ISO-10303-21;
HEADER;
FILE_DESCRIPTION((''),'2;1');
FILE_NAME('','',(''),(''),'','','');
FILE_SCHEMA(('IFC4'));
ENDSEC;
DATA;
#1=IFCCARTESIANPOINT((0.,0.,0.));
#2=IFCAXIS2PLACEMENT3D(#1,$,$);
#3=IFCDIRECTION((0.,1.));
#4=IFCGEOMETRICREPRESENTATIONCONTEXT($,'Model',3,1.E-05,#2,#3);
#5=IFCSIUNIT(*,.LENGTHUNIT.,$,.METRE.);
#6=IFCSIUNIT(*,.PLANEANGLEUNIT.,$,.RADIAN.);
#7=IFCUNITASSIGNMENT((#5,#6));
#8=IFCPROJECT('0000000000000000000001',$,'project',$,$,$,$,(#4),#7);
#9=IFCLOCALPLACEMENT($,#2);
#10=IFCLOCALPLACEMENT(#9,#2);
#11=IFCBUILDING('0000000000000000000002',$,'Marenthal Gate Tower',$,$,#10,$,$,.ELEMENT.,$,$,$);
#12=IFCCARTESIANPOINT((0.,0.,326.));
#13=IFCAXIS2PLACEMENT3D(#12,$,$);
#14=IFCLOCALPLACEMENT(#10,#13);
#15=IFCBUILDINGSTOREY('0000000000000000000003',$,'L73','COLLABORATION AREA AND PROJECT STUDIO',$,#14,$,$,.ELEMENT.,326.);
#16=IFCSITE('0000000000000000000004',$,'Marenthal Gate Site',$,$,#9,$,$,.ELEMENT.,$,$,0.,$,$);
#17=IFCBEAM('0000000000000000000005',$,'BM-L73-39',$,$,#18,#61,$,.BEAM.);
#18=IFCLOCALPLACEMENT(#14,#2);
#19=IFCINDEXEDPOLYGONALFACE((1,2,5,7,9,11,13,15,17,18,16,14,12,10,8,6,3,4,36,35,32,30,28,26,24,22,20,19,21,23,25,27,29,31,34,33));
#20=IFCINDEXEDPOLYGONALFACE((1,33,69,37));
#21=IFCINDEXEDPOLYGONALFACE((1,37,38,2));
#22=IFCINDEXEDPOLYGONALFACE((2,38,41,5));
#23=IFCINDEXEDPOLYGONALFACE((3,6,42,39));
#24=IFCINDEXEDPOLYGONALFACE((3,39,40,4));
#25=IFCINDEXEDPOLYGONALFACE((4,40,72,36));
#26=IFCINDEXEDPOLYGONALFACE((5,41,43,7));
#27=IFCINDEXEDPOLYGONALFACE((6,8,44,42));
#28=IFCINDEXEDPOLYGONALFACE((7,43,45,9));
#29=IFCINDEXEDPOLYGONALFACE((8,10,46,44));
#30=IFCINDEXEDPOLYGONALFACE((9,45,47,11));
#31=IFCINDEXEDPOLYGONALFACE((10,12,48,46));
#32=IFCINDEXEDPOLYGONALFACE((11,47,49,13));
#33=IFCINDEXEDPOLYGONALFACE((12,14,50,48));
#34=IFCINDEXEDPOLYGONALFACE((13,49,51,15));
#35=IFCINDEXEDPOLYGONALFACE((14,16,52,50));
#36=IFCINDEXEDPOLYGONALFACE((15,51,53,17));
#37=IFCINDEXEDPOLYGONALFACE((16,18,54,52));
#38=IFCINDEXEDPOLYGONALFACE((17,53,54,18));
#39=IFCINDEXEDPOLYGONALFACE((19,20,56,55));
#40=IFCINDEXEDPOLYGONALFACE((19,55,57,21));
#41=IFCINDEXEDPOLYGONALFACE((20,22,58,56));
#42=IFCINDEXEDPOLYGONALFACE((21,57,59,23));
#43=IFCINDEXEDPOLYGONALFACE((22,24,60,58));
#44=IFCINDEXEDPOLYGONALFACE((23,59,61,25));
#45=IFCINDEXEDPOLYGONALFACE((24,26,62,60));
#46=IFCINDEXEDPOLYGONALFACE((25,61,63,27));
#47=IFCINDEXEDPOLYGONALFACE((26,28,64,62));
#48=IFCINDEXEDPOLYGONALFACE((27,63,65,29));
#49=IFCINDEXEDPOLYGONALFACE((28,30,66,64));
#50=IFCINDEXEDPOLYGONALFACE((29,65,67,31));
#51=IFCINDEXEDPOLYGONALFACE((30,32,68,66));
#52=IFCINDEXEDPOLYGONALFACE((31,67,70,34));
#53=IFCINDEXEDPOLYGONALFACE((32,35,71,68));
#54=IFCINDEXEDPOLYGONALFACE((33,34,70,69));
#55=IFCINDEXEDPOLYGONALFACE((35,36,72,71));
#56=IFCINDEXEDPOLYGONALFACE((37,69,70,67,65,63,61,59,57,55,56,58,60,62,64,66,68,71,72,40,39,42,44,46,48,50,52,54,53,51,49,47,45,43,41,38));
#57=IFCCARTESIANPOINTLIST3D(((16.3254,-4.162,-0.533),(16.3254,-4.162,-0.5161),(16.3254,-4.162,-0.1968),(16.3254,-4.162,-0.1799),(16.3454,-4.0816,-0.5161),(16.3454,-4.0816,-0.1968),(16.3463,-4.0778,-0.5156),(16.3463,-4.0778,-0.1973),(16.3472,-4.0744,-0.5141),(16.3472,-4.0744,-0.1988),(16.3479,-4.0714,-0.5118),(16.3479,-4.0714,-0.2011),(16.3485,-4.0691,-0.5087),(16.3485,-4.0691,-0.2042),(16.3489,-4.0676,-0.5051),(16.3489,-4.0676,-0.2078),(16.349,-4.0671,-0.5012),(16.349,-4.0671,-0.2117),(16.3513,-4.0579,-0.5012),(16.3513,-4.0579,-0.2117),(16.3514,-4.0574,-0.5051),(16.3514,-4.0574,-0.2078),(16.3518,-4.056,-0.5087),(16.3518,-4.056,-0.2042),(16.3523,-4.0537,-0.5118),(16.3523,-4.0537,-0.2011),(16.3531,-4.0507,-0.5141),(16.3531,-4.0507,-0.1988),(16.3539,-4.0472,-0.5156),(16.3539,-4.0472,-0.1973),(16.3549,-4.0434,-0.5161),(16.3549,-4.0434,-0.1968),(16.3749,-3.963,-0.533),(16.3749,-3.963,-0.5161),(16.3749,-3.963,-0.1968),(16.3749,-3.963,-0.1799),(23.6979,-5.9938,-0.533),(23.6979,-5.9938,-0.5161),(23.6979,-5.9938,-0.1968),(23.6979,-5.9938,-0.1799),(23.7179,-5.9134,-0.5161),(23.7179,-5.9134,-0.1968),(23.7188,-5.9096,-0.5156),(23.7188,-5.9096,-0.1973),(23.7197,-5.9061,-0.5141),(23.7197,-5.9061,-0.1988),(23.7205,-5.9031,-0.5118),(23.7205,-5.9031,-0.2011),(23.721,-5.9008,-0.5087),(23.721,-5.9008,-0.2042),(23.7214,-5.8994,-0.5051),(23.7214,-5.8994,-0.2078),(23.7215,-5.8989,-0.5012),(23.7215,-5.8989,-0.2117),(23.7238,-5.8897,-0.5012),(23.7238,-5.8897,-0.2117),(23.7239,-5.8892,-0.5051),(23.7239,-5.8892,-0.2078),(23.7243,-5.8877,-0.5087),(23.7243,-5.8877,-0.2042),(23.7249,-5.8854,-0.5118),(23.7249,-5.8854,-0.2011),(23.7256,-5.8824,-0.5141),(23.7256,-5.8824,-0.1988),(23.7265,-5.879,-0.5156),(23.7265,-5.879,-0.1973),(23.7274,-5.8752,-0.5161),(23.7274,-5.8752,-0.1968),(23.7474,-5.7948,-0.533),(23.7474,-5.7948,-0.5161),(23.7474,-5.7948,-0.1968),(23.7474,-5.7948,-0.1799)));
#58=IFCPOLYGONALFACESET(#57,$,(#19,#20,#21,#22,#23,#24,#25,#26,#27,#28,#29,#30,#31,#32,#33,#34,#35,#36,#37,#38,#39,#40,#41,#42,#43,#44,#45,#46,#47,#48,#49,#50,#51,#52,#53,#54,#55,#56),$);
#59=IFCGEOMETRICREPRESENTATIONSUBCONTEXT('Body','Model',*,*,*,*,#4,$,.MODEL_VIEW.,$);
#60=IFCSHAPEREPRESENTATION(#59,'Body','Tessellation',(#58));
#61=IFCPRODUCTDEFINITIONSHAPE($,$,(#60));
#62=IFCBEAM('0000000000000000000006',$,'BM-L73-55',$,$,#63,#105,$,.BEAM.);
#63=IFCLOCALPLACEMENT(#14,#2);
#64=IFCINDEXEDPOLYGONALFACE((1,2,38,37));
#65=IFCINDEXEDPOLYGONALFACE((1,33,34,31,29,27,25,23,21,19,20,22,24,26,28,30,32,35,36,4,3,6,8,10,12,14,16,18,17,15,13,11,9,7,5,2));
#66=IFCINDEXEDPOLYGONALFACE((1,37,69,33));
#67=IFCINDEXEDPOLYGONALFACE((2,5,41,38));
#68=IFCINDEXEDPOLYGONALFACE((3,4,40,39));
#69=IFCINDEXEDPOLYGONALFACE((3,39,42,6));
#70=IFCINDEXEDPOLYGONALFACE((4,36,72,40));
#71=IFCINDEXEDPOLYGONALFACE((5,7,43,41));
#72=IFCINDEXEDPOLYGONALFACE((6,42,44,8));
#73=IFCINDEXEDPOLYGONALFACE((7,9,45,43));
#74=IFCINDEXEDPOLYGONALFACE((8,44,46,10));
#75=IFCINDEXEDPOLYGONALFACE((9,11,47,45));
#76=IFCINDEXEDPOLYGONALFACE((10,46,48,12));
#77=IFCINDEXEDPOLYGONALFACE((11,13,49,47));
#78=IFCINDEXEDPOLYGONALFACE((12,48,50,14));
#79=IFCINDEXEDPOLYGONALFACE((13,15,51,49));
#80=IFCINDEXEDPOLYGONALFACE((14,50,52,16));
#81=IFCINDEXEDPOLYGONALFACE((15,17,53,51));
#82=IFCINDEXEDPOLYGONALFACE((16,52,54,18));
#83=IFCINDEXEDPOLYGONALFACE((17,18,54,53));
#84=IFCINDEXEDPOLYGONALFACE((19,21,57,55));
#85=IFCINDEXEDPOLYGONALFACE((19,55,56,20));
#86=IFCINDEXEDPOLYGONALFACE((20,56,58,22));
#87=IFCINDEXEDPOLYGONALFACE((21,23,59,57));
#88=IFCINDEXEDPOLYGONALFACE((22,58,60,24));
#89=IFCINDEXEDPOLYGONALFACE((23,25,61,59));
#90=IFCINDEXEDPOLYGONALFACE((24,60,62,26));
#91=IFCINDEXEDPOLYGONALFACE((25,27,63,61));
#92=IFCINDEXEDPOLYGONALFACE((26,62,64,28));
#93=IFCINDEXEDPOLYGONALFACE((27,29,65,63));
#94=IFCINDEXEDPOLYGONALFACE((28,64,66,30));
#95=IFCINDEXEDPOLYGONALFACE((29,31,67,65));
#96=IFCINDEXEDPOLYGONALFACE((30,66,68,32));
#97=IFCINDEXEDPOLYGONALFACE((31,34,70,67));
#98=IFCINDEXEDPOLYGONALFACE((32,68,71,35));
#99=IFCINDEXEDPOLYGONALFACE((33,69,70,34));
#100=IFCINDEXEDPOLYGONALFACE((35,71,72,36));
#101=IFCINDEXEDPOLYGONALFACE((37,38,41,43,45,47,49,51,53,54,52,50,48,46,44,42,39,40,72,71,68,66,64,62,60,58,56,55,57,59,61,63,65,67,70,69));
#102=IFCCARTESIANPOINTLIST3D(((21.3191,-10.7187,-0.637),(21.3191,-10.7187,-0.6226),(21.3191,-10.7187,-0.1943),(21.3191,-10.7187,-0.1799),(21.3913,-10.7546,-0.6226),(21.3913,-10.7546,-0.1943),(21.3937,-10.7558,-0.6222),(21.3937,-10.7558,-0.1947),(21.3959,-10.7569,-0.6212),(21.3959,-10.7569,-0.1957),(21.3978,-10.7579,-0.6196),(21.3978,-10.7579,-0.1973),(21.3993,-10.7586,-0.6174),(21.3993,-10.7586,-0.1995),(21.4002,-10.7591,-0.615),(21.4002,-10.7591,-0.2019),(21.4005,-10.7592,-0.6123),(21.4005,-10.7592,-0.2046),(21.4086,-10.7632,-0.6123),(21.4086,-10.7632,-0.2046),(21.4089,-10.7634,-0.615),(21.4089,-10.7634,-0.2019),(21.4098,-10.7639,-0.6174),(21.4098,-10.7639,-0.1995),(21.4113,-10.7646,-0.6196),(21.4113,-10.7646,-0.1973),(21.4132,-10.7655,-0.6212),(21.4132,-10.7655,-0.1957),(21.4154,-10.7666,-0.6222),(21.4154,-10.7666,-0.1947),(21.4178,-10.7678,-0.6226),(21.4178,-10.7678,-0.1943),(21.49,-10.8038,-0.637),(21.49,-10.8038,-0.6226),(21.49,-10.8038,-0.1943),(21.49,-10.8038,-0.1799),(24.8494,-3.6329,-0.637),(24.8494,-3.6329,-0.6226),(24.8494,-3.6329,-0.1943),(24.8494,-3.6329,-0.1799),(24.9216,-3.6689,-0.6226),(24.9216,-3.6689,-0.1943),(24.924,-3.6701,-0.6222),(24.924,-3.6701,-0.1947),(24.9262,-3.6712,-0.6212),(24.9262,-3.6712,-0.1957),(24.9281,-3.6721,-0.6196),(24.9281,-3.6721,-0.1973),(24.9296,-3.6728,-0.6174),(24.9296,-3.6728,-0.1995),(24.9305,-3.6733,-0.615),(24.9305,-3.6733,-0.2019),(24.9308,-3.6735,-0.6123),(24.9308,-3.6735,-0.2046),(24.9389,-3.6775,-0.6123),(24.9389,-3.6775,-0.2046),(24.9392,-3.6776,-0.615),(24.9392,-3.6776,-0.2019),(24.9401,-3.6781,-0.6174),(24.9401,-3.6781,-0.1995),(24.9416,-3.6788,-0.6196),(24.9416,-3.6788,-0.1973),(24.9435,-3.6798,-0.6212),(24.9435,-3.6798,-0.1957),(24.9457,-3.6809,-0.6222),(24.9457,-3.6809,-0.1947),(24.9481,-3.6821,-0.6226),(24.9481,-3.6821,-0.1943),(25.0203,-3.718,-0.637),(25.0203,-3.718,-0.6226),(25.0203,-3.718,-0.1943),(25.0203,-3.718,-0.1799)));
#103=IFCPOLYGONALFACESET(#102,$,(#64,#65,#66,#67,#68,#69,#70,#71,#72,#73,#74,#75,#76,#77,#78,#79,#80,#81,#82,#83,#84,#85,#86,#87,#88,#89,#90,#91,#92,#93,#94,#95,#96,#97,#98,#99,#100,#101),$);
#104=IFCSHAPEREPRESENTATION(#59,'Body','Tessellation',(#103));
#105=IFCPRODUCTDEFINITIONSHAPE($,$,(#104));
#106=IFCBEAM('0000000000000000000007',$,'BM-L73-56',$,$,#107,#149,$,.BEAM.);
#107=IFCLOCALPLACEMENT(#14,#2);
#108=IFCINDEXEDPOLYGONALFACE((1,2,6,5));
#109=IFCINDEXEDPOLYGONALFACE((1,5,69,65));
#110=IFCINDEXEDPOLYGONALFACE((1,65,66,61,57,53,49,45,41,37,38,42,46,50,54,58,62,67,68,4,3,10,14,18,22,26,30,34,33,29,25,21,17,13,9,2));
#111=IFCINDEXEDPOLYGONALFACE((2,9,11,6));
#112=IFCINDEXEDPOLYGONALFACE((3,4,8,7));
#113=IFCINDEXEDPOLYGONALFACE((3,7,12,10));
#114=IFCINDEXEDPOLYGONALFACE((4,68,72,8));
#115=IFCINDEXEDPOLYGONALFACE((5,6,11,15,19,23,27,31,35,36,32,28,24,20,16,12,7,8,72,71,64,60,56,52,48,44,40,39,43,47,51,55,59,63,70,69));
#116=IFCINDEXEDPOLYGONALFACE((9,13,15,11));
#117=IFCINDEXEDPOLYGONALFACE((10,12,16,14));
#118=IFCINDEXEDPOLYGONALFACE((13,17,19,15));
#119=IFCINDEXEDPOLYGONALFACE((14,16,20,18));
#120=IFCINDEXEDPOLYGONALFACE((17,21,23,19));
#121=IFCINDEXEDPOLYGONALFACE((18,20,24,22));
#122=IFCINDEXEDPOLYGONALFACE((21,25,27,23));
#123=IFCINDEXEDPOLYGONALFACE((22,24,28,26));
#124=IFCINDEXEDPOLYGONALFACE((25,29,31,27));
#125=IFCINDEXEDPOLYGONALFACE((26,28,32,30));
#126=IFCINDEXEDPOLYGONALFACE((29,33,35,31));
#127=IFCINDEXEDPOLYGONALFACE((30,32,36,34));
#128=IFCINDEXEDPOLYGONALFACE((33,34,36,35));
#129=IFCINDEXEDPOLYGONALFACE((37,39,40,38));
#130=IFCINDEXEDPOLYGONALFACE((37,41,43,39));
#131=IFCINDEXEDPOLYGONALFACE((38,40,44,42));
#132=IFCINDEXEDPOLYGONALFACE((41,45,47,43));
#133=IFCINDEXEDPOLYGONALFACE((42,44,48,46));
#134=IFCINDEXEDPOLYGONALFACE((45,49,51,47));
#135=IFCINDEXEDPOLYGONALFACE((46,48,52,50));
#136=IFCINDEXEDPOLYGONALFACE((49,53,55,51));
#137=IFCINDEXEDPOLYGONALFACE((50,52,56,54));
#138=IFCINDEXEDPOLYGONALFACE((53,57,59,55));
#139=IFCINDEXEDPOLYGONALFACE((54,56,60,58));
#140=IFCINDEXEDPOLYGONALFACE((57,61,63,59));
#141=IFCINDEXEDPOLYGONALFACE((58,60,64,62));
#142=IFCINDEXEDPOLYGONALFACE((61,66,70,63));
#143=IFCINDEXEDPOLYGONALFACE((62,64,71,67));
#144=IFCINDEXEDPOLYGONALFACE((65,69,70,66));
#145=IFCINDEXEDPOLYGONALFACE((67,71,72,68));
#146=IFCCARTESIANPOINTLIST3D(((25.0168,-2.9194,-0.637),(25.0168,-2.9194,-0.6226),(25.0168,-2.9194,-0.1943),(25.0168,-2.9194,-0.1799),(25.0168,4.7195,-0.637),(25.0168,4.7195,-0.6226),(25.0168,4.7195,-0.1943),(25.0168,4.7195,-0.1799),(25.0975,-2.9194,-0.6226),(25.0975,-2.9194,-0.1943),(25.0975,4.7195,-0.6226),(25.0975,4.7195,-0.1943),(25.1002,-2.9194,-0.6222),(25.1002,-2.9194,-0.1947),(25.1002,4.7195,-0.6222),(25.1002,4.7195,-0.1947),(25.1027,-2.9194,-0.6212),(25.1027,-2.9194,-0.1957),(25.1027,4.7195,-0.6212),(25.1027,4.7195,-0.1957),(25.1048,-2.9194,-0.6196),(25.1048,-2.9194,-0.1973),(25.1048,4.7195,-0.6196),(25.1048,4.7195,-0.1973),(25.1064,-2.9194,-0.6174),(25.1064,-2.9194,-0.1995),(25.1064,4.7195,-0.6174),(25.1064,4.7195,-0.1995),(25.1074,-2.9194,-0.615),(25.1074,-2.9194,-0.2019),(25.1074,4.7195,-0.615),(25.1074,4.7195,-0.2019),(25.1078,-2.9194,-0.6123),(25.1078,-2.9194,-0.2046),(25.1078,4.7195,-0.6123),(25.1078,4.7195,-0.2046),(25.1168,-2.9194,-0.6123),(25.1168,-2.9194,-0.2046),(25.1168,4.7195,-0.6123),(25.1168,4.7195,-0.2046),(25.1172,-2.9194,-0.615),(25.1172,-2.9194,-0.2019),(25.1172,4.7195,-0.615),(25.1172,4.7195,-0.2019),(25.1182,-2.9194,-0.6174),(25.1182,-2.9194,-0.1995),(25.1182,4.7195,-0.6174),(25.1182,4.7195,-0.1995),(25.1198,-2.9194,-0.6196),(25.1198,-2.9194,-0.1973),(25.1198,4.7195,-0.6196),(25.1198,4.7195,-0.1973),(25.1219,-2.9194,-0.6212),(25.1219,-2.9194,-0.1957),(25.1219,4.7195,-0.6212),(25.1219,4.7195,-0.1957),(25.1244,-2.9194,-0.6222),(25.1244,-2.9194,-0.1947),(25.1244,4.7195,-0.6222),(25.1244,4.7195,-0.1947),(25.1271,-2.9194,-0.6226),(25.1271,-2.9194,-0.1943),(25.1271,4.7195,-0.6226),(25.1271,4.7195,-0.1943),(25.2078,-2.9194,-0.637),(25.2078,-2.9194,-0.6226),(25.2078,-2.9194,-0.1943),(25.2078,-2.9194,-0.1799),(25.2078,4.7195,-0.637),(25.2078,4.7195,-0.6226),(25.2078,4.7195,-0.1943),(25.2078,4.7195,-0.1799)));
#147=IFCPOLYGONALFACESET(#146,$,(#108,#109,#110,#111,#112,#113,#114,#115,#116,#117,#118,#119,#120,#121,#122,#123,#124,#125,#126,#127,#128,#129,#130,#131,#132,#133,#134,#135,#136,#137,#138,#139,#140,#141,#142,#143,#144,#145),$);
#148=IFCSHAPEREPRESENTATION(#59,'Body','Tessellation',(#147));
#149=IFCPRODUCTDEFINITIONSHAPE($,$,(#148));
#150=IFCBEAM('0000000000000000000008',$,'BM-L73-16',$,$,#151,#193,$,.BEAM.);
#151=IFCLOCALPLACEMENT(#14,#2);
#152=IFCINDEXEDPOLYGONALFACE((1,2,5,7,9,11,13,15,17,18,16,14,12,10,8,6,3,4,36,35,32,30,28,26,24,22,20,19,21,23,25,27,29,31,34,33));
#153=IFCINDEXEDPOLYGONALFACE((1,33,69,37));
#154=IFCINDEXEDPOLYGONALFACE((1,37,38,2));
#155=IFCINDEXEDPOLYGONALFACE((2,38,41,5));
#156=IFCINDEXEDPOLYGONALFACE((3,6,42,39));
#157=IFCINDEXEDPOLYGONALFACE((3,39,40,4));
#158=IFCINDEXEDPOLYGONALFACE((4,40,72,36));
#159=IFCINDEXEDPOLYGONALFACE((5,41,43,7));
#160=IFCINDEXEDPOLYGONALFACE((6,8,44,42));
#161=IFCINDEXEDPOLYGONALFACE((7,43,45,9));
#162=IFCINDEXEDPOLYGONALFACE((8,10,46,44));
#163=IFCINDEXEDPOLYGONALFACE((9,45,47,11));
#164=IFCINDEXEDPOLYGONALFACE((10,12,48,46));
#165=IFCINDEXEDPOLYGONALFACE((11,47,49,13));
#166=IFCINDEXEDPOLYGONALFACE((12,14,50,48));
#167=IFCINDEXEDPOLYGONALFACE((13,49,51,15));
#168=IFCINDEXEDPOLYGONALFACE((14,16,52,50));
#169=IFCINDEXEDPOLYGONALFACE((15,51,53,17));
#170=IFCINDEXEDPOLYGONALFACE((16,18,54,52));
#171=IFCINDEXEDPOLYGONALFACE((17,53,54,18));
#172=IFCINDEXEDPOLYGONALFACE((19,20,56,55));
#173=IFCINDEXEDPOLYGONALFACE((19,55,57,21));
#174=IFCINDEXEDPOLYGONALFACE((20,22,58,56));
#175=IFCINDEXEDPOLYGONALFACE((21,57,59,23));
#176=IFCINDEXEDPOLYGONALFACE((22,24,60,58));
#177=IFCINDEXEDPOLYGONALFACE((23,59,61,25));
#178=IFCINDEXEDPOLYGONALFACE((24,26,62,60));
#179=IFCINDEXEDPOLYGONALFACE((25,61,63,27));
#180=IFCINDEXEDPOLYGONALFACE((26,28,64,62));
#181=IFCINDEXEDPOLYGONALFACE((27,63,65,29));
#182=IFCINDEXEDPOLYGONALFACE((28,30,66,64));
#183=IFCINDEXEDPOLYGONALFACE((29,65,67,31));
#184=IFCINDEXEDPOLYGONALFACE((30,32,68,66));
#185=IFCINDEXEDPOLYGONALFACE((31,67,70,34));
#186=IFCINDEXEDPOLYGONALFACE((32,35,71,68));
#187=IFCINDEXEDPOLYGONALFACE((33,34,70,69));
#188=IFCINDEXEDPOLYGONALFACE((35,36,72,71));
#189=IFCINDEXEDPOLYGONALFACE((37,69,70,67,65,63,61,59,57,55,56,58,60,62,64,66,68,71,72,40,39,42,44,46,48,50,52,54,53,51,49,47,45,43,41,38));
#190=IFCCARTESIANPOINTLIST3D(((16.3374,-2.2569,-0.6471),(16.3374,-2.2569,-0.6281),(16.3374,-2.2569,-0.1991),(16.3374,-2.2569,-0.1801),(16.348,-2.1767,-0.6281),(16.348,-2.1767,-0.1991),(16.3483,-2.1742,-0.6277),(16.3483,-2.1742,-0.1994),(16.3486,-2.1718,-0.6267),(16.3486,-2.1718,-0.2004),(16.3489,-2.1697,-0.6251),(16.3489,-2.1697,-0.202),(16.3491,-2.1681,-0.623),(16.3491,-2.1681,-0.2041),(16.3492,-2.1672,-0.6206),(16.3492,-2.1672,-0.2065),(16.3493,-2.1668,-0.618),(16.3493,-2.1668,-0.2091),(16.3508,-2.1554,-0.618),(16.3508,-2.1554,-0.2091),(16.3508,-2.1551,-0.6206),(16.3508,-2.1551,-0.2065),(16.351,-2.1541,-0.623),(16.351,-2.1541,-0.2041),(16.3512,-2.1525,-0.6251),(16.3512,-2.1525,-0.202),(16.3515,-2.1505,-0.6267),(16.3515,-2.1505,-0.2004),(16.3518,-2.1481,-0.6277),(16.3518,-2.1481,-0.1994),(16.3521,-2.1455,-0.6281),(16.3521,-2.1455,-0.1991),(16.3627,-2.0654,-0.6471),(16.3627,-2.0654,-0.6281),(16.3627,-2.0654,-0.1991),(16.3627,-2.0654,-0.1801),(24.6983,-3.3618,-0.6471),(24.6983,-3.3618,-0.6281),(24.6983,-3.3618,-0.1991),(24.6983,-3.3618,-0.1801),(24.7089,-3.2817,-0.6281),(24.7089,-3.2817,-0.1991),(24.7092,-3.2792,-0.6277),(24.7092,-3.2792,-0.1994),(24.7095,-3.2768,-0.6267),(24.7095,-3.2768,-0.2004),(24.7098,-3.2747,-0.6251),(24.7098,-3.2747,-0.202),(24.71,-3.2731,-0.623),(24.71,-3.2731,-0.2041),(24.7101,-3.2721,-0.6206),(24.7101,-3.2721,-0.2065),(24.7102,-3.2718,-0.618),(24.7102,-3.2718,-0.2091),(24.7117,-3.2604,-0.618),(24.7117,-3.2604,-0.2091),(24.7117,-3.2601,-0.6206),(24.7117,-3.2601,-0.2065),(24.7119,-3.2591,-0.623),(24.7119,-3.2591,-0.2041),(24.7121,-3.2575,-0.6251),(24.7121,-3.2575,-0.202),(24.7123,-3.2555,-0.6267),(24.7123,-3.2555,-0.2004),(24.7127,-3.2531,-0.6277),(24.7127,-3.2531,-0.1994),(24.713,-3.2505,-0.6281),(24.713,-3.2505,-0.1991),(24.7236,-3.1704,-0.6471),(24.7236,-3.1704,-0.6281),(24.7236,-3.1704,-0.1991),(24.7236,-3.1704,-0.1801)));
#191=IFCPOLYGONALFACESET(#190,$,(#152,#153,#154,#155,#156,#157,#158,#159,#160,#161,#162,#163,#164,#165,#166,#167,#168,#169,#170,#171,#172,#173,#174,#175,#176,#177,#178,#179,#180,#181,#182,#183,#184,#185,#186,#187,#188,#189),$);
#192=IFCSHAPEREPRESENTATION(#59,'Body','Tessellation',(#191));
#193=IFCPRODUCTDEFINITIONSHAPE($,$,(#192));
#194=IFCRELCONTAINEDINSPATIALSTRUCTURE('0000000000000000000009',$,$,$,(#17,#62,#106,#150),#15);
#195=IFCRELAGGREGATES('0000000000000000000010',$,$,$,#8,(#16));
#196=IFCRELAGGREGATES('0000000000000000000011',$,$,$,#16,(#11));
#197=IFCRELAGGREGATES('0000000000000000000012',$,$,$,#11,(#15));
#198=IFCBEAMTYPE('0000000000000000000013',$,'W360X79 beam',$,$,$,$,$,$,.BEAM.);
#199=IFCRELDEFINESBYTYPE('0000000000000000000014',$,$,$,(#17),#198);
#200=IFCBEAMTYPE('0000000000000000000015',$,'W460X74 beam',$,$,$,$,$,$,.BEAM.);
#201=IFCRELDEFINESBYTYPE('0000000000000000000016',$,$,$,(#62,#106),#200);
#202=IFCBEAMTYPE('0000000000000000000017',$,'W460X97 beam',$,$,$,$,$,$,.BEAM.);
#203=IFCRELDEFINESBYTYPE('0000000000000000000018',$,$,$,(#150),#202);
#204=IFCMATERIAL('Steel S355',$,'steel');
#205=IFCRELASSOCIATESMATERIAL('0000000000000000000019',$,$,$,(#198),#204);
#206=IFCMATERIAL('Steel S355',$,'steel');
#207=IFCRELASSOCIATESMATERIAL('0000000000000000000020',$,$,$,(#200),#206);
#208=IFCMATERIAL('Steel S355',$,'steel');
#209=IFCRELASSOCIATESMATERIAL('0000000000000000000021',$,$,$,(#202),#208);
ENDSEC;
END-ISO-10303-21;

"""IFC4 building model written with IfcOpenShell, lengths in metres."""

from ifc_helpers import new_model, si_unit, direction, frame, origin, origin_2d, place, context, subcontext, project, spatial, i_section, extrude, material, material_profile, profile_set, type_object, element, save


model = new_model("IFC4")

# Units and contexts
model_context = context("Model", 3, precision=1e-05, world=origin(), true_north=direction((0.0, 1.0)))
body_context = subcontext(model_context, "Body", "Model", "MODEL_VIEW")
ifc_project = project(units=[si_unit("LENGTHUNIT", "METRE"), si_unit("PLANEANGLEUNIT", "RADIAN")], contexts=[model_context])

# Site, building, storey
site_placement = place(None, origin())
site = spatial("IfcSite", under=ifc_project, at=site_placement, Name="Marenthal Gate Site", CompositionType="ELEMENT", RefElevation=0.0)
building_placement = place(site_placement, origin())
building = spatial("IfcBuilding", under=site, at=building_placement, Name="Marenthal Gate Tower", CompositionType="ELEMENT")
storey_placement = place(building_placement, frame((0.0, 0.0, 326.0)))
storey = spatial("IfcBuildingStorey", under=building, at=storey_placement, Name="L73", Description="COLLABORATION AREA AND PROJECT STUDIO", CompositionType="ELEMENT", Elevation=326.0)

# Beams
ifc_material_1 = material(Name="Steel S355", Category="steel")
ifc_material_profile_1 = material_profile(ifc_material_1, i_section(OverallWidth=0.2051, OverallDepth=0.353, WebThickness=0.0095, FlangeThickness=0.0168, FilletRadius=0.0149, at=origin_2d()), Name="W360X79")
ifc_profile_set_1 = profile_set([ifc_material_profile_1], Name="Steel S355")
beam_type_1 = type_object("IfcBeamType", Name="W360X79 beam", PredefinedType="BEAM", material=ifc_profile_set_1)
beam_1_placement = place(storey_placement, frame((23.7227, -5.8943, -0.3564), z_axis=(-0.970493, 0.241129, 0.0), x_axis=(-0.241129, -0.970493, 0.0)))
element("IfcBeam", 1, at=beam_1_placement, inside=storey, type_object=beam_type_1, Name="BM-L73-39", PredefinedType="BEAM", context=body_context, shape_type="SweptSolid", body=[
    extrude(i_section(OverallWidth=0.2051, OverallDepth=0.353, WebThickness=0.0095, FlangeThickness=0.0168, FilletRadius=0.0149, at=origin_2d()), origin(), (0.0, 0.0, 1.0), 7.5967),
])
ifc_material_2 = material(Name="Steel S355", Category="steel")
ifc_material_profile_2 = material_profile(ifc_material_2, i_section(OverallWidth=0.1909, OverallDepth=0.457, WebThickness=0.009, FlangeThickness=0.0144, FilletRadius=0.0103, at=origin_2d()), Name="W460X74")
ifc_profile_set_2 = profile_set([ifc_material_profile_2], Name="Steel S355")
beam_type_2 = type_object("IfcBeamType", Name="W460X74 beam", PredefinedType="BEAM", material=ifc_profile_set_2)
beam_2_placement = place(storey_placement, frame((21.4045, -10.7612, -0.4084), z_axis=(0.445943, 0.895062, 0.0), x_axis=(-0.895062, 0.445943, 0.0)))
element("IfcBeam", 2, at=beam_2_placement, inside=storey, type_object=beam_type_2, Name="BM-L73-55", PredefinedType="BEAM", context=body_context, shape_type="SweptSolid", body=[
    extrude(i_section(OverallWidth=0.1909, OverallDepth=0.457, WebThickness=0.009, FlangeThickness=0.0144, FilletRadius=0.0103, at=origin_2d()), origin(), (0.0, 0.0, 1.0), 7.9165),
])
beam_3_placement = place(storey_placement, frame((25.1123, -2.9194, -0.4084), z_axis=(0.0, 1.0, 0.0), x_axis=(-1.0, 0.0, 0.0)))
element("IfcBeam", 3, at=beam_3_placement, inside=storey, type_object=beam_type_2, Name="BM-L73-56", PredefinedType="BEAM", context=body_context, shape_type="SweptSolid", body=[
    extrude(i_section(OverallWidth=0.1909, OverallDepth=0.457, WebThickness=0.009, FlangeThickness=0.0144, FilletRadius=0.0103, at=origin_2d()), origin(), (0.0, 0.0, 1.0), 7.6389),
])
ifc_material_3 = material(Name="Steel S355", Category="steel")
ifc_material_profile_3 = material_profile(ifc_material_3, i_section(OverallWidth=0.1931, OverallDepth=0.467, WebThickness=0.0115, FlangeThickness=0.019, FilletRadius=0.01, at=origin_2d()), Name="W460X97")
ifc_profile_set_3 = profile_set([ifc_material_profile_3], Name="Steel S355")
beam_type_3 = type_object("IfcBeamType", Name="W460X97 beam", PredefinedType="BEAM", material=ifc_profile_set_3)
beam_4_placement = place(storey_placement, frame((24.7109, -3.2661, -0.4136), z_axis=(-0.991379, 0.131022, 0.0), x_axis=(-0.131022, -0.991379, 0.0)))
element("IfcBeam", 4, at=beam_4_placement, inside=storey, type_object=beam_type_3, Name="BM-L73-16", PredefinedType="BEAM", context=body_context, shape_type="SweptSolid", body=[
    extrude(i_section(OverallWidth=0.1931, OverallDepth=0.467, WebThickness=0.0115, FlangeThickness=0.019, FilletRadius=0.01, at=origin_2d()), origin(), (0.0, 0.0, 1.0), 8.4336),
])

save(model, "model.ifc")
